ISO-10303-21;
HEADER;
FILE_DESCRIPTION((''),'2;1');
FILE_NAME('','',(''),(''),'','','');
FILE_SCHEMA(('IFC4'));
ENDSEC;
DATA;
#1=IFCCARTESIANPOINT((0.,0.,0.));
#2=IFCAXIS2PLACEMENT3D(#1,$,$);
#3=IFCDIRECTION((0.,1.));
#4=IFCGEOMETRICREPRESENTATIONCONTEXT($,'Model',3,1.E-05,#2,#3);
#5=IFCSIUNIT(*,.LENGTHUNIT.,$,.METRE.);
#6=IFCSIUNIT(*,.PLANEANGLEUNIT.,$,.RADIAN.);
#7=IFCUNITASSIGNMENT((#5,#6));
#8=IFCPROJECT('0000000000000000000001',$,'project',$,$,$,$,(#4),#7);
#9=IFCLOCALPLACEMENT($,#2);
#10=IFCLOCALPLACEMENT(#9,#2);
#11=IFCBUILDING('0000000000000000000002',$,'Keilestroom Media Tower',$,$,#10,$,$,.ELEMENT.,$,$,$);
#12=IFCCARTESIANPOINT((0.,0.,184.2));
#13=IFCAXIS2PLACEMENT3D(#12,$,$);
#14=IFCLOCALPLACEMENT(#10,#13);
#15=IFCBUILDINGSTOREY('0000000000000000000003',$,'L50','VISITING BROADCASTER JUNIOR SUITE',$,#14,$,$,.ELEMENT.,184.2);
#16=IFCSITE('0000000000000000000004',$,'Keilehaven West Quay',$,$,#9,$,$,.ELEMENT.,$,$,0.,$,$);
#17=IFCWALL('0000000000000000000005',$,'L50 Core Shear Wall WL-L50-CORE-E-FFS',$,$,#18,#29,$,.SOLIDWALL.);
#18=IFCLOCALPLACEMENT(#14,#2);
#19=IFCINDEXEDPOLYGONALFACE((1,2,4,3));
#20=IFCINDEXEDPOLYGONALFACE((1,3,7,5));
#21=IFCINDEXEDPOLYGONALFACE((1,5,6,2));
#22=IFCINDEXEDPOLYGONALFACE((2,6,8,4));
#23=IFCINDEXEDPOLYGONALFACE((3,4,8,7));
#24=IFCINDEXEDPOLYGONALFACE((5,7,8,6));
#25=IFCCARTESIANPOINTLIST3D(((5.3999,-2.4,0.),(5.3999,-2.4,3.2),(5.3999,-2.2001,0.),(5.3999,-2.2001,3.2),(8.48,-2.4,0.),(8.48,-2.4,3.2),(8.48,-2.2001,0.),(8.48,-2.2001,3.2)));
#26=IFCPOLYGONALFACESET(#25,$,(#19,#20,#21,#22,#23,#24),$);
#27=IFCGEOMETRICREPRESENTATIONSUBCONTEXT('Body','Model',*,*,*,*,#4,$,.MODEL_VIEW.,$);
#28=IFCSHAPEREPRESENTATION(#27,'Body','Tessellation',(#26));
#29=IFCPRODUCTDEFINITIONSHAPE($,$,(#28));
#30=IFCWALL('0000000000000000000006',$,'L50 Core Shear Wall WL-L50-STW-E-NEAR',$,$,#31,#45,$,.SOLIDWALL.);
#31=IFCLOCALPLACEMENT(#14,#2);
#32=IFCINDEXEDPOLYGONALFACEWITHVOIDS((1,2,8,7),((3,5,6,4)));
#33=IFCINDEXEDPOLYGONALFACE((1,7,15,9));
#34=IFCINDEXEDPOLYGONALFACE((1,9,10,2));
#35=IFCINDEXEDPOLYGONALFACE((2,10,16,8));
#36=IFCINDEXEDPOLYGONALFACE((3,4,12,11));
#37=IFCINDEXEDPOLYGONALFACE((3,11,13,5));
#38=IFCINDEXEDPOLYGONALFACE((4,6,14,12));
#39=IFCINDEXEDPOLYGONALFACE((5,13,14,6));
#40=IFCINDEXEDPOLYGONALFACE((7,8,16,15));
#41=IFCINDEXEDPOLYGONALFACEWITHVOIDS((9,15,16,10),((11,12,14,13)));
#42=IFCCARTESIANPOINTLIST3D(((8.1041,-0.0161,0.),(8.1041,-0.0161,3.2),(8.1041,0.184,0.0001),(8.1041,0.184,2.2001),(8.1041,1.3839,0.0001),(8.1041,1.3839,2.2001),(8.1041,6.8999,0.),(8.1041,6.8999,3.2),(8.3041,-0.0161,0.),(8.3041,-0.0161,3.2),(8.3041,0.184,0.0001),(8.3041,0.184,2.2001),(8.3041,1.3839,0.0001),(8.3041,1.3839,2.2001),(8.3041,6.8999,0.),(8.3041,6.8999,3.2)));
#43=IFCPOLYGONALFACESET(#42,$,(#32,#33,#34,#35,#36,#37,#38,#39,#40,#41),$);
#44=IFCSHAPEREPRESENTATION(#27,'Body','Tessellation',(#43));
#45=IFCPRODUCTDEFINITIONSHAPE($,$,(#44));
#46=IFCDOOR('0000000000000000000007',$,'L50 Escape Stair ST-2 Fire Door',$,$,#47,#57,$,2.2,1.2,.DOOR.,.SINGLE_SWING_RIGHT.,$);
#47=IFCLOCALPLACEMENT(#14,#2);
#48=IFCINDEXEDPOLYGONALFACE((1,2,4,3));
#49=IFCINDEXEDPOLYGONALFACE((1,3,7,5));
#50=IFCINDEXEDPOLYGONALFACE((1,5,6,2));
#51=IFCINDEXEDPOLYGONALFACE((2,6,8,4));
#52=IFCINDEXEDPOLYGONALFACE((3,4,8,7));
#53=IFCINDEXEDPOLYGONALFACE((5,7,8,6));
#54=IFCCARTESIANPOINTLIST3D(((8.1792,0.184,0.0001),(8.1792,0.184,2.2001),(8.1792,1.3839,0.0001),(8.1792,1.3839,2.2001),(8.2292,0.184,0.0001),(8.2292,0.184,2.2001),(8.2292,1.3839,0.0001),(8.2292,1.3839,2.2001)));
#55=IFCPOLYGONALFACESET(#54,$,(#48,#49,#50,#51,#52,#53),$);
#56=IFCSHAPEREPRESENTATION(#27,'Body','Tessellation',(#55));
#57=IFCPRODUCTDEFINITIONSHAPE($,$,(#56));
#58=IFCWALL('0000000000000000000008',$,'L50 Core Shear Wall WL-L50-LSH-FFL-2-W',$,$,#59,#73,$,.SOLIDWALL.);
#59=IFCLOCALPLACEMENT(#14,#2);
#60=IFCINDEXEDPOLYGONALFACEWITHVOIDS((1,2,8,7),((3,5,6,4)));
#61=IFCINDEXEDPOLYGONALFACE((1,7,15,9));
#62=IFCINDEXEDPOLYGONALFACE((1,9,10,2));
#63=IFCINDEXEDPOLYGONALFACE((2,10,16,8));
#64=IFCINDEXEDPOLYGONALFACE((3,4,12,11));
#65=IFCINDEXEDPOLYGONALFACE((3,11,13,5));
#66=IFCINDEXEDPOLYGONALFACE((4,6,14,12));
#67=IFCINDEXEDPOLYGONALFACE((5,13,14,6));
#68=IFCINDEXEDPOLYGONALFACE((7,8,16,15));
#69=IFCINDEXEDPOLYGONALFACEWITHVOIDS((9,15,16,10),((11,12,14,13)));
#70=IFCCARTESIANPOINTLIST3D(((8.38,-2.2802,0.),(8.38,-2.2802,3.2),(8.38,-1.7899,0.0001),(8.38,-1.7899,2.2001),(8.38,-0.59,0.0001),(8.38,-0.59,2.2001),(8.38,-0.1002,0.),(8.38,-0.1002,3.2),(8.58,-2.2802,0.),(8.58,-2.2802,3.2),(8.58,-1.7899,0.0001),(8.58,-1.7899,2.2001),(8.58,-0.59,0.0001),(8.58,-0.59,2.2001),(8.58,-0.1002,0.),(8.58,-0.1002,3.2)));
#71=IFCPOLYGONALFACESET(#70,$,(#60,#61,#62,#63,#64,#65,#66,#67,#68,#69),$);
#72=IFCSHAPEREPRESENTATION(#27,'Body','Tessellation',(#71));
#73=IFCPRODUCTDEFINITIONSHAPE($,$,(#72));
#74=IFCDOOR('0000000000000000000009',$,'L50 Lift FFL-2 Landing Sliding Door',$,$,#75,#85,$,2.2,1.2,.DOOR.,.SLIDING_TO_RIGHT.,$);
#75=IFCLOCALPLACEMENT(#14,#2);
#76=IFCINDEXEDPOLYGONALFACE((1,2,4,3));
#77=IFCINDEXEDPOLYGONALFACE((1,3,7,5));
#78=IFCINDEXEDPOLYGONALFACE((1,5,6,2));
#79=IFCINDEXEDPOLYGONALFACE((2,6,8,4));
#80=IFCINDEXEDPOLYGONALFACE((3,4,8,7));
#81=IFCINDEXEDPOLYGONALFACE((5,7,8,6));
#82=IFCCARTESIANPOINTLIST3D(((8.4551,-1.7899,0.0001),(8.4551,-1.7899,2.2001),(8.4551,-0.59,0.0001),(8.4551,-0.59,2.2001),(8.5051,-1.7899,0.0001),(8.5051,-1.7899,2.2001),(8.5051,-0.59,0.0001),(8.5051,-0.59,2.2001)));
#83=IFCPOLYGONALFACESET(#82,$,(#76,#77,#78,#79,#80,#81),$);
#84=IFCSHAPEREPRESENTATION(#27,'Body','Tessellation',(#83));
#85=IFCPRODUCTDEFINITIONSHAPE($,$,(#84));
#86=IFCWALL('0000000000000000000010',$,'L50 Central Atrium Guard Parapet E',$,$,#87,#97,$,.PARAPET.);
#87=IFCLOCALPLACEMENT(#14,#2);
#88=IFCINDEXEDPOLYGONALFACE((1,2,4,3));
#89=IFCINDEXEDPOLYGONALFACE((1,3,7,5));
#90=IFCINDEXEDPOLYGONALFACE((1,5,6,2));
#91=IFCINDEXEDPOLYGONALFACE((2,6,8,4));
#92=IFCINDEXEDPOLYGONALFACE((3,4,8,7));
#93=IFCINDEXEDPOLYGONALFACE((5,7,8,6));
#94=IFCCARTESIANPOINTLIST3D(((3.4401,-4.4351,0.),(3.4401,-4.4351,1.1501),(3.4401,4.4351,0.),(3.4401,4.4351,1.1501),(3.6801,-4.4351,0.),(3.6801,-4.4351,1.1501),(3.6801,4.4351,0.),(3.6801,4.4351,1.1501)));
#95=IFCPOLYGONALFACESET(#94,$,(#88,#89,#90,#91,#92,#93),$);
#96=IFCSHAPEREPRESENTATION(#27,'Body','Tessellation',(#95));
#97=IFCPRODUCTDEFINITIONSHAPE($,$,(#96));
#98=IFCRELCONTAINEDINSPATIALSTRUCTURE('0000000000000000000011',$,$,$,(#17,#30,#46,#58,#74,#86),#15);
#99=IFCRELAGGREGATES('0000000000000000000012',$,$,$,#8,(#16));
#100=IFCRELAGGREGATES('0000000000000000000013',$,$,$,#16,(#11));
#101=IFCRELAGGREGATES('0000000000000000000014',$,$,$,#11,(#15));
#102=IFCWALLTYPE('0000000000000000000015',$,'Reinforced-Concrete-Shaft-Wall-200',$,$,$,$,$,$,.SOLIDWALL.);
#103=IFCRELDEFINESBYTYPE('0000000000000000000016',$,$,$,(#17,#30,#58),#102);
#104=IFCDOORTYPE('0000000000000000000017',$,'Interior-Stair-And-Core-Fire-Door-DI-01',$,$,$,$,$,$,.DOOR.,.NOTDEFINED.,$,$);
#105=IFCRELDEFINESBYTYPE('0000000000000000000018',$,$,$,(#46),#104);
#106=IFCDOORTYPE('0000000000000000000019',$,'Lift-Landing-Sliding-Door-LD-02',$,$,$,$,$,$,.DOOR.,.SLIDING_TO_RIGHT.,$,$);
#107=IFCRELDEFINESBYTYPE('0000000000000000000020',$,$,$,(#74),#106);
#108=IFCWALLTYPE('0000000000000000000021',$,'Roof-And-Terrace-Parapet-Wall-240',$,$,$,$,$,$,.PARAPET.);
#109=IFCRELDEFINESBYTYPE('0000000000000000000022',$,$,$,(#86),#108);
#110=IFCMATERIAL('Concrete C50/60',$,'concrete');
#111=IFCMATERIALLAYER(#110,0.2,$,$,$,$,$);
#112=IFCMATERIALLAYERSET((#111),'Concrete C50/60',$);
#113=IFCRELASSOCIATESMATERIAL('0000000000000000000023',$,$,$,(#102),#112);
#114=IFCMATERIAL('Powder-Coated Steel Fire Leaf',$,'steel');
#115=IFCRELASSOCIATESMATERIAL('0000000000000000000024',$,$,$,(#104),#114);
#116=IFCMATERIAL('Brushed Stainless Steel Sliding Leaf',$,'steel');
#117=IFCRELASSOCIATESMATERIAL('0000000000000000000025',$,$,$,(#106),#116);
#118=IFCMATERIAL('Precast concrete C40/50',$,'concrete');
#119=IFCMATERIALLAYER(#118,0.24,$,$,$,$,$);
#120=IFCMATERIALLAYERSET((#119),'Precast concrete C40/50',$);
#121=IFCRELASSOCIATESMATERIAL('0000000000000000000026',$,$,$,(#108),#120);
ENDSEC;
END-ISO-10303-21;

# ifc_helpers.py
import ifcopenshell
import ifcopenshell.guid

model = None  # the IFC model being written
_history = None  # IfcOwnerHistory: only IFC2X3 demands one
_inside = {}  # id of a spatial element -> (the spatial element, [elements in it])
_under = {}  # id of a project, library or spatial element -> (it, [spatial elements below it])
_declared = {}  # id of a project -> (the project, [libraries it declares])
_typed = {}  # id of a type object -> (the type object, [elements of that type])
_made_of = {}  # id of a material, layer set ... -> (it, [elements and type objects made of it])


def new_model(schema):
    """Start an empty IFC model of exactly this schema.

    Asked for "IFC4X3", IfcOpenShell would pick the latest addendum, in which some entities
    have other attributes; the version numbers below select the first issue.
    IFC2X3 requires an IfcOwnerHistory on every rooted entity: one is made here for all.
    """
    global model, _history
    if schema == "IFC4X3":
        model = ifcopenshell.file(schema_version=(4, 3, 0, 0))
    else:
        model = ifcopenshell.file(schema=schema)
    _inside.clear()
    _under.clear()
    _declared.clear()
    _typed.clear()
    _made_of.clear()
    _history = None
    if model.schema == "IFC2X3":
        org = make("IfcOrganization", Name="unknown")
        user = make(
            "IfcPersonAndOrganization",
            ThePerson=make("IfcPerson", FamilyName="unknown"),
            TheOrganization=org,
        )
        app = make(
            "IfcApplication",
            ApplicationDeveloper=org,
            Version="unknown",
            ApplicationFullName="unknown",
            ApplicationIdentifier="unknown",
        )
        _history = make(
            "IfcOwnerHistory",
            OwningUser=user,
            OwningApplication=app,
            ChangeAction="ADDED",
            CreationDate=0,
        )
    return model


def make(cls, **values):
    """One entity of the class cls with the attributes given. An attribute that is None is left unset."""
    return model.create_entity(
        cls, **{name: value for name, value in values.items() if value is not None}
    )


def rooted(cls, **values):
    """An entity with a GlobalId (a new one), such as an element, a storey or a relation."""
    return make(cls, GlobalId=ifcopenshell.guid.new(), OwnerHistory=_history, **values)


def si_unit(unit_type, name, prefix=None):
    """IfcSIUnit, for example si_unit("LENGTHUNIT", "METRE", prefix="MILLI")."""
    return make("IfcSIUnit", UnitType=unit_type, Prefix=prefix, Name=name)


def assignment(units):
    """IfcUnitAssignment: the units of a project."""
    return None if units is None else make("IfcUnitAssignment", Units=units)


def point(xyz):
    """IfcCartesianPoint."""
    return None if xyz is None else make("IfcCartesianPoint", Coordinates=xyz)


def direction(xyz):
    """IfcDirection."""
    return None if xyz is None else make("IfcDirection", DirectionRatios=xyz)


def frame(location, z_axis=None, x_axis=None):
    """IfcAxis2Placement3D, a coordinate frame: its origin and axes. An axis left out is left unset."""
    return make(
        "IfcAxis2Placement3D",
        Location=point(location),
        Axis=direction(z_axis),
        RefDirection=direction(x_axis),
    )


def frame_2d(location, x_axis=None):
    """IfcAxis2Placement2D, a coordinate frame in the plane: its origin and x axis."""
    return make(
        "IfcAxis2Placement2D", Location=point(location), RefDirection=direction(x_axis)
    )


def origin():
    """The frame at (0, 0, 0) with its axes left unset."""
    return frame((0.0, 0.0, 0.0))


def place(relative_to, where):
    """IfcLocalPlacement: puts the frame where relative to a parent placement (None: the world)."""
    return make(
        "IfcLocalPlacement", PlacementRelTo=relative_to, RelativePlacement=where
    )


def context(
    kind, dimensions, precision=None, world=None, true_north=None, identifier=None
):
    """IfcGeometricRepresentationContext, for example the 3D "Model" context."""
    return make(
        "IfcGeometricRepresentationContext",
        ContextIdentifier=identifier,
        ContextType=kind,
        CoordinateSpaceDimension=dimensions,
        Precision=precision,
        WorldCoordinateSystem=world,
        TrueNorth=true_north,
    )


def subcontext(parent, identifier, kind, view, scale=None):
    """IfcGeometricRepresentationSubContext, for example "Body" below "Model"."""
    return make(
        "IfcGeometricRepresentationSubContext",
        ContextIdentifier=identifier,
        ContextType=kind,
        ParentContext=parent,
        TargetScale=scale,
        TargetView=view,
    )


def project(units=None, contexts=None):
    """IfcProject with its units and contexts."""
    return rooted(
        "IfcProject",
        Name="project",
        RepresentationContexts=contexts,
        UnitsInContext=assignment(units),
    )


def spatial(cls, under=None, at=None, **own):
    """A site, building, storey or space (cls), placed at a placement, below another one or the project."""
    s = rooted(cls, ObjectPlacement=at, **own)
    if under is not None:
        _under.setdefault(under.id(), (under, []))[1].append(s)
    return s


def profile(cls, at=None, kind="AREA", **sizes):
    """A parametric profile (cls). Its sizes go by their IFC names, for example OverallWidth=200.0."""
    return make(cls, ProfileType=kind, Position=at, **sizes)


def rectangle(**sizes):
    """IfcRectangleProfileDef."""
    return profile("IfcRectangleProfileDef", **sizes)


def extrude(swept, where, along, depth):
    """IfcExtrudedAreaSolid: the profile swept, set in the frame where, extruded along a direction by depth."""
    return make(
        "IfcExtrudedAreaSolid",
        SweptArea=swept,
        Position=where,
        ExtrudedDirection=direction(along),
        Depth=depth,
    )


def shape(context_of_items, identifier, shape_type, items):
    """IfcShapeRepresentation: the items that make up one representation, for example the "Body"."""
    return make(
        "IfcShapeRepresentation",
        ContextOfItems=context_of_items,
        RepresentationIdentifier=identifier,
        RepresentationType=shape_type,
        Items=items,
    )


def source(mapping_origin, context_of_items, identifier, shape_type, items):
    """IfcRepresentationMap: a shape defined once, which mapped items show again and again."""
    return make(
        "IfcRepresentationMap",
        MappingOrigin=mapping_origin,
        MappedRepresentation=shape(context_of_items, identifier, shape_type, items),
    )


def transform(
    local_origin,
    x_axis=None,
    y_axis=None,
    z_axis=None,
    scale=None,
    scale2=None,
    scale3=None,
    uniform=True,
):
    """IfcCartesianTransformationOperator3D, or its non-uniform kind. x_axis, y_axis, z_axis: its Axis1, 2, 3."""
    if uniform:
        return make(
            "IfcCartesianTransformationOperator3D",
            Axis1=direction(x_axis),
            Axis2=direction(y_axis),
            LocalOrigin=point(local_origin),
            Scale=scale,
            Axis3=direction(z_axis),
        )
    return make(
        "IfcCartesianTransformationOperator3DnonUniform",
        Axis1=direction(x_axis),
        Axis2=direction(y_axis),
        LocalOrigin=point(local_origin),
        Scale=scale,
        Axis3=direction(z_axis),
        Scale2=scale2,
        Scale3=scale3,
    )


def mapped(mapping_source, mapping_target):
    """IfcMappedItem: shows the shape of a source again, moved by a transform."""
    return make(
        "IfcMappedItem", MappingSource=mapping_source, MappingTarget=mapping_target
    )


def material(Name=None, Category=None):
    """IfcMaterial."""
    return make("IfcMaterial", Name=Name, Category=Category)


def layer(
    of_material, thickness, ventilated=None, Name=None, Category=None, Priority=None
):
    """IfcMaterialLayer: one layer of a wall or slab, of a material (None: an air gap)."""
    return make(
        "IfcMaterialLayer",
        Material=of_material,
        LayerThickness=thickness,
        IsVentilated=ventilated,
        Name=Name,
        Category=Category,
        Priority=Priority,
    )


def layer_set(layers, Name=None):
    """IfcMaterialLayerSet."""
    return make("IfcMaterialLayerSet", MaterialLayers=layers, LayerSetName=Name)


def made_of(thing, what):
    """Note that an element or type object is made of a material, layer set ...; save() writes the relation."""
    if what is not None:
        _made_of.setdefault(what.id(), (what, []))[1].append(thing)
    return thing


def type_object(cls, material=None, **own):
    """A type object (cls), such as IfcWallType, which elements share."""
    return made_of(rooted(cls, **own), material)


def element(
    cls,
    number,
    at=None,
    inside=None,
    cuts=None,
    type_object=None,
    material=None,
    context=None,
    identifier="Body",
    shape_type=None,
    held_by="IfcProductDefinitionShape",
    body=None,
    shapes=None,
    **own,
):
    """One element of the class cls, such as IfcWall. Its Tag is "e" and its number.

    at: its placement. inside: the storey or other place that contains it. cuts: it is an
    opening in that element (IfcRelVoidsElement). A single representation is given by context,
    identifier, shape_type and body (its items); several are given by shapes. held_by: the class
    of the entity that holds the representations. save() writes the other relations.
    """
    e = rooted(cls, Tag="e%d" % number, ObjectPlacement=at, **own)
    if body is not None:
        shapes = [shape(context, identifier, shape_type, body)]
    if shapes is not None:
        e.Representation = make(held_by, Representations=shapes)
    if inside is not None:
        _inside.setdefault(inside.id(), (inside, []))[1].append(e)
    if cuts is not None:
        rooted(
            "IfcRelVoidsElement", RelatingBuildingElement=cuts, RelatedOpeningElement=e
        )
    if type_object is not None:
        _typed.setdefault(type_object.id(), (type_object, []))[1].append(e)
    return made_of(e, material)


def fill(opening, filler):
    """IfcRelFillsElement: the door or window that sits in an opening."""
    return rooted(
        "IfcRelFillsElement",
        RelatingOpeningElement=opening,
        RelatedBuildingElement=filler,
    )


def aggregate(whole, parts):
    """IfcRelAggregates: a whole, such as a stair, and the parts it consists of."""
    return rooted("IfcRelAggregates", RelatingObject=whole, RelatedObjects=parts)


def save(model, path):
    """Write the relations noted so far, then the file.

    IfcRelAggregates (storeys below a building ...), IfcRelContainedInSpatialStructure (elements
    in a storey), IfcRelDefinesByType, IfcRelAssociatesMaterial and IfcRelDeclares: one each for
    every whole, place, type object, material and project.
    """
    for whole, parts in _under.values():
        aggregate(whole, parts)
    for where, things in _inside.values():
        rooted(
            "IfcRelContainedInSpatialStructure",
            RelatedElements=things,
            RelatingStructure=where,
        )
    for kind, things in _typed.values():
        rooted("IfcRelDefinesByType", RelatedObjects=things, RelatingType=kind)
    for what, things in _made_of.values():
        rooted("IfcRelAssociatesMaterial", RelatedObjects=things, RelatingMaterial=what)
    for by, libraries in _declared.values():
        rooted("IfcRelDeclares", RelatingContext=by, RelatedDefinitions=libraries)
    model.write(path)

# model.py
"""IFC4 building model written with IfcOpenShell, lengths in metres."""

from ifc_helpers import new_model, si_unit, direction, frame, frame_2d, origin, place, context, subcontext, project, spatial, rectangle, extrude, source, transform, mapped, material, layer, layer_set, type_object, element, fill, save


model = new_model("IFC4")

# Units and contexts
model_context = context("Model", 3, precision=1e-05, world=origin(), true_north=direction((0.0, 1.0)))
body_context = subcontext(model_context, "Body", "Model", "MODEL_VIEW")
ifc_project = project(units=[si_unit("LENGTHUNIT", "METRE"), si_unit("PLANEANGLEUNIT", "RADIAN")], contexts=[model_context])

# Site, building, storey
site_placement = place(None, origin())
site = spatial("IfcSite", under=ifc_project, at=site_placement, Name="Keilehaven West Quay", CompositionType="ELEMENT", RefElevation=0.0)
building_placement = place(site_placement, origin())
building = spatial("IfcBuilding", under=site, at=building_placement, Name="Keilestroom Media Tower", CompositionType="ELEMENT")
storey_placement = place(building_placement, frame((0.0, 0.0, 184.2)))
storey = spatial("IfcBuildingStorey", under=building, at=storey_placement, Name="L50", Description="VISITING BROADCASTER JUNIOR SUITE", CompositionType="ELEMENT", Elevation=184.2)

# Shared definitions
ifc_material_1 = material(Name="Powder-Coated Steel Fire Leaf", Category="steel")
shared_shape_1 = source(origin(), body_context, "Body", "SweptSolid", [
    extrude(rectangle(XDim=1.2, YDim=2.2, at=frame_2d((0.6001, 1.1001))), frame((0.0, 0.0249, 0.0), z_axis=(0.0, -1.0, 0.0), x_axis=(1.0, 0.0, 0.0)), (0.0, 0.0, 1.0), 0.05),
])

# Wall
ifc_material_2 = material(Name="Concrete C50/60", Category="concrete")
ifc_layer_1 = layer(ifc_material_2, 0.2)
ifc_layer_set_1 = layer_set([ifc_layer_1], Name="Concrete C50/60")
wall_type_1 = type_object("IfcWallType", Name="Reinforced-Concrete-Shaft-Wall-200", PredefinedType="SOLIDWALL", material=ifc_layer_set_1)
wall_1_placement = place(storey_placement, frame((5.3999, -2.3, 0.0), z_axis=(0.0, 0.0, 1.0), x_axis=(1.0, 0.0, 0.0)))
element("IfcWall", 1, at=wall_1_placement, inside=storey, type_object=wall_type_1, Name="L50 Core Shear Wall WL-L50-CORE-E-FFS", PredefinedType="SOLIDWALL", context=body_context, shape_type="SweptSolid", body=[
    extrude(rectangle(XDim=3.0801, YDim=0.2, at=frame_2d((1.54, 0.0))), origin(), (0.0, 0.0, 1.0), 3.2),
])

# Walls, openings, doors
wall_2_placement = place(storey_placement, frame((8.2041, -0.0161, 0.0), z_axis=(0.0, 0.0, 1.0), x_axis=(0.0, 1.0, 0.0)))
wall_2 = element("IfcWall", 2, at=wall_2_placement, inside=storey, type_object=wall_type_1, Name="L50 Core Shear Wall WL-L50-STW-E-NEAR", PredefinedType="SOLIDWALL", context=body_context, shape_type="SweptSolid", body=[
    extrude(rectangle(XDim=6.916, YDim=0.2, at=frame_2d((3.458, 0.0))), origin(), (0.0, 0.0, 1.0), 3.2),
])
opening_1_placement = place(wall_2_placement, frame((0.2, 0.0, 0.0)))
opening_1 = element("IfcOpeningElement", 3, at=opening_1_placement, cuts=wall_2, PredefinedType="OPENING", context=body_context, shape_type="SweptSolid", body=[
    extrude(rectangle(XDim=1.2, YDim=2.2, at=frame_2d((0.6001, 1.1001))), frame((0.0, 0.1099, 0.0), z_axis=(0.0, -1.0, 0.0), x_axis=(1.0, 0.0, 0.0)), (0.0, 0.0, 1.0), 0.22),
])
door_type_1 = type_object("IfcDoorType", Name="Interior-Stair-And-Core-Fire-Door-DI-01", OperationType="NOTDEFINED", PredefinedType="DOOR", material=ifc_material_1)
door_1_placement = place(opening_1_placement, origin())
door_1 = element("IfcDoor", 4, at=door_1_placement, inside=storey, type_object=door_type_1, Name="L50 Escape Stair ST-2 Fire Door", OperationType="SINGLE_SWING_RIGHT", OverallHeight=2.2, OverallWidth=1.2, PredefinedType="DOOR", context=body_context, shape_type="MappedRepresentation", body=[
    mapped(shared_shape_1, transform((0.0, 0.0, 0.0), x_axis=(1.0, 0.0, 0.0), y_axis=(0.0, 1.0, 0.0), z_axis=(0.0, 0.0, 1.0), scale=1.0)),
])
fill(opening_1, door_1)
wall_3_placement = place(storey_placement, frame((8.48, -2.28, 0.0), z_axis=(0.0, 0.0, 1.0), x_axis=(0.0, 1.0, 0.0)))
wall_3 = element("IfcWall", 5, at=wall_3_placement, inside=storey, type_object=wall_type_1, Name="L50 Core Shear Wall WL-L50-LSH-FFL-2-W", PredefinedType="SOLIDWALL", context=body_context, shape_type="SweptSolid", body=[
    extrude(rectangle(XDim=2.1799, YDim=0.2, at=frame_2d((1.0898, 0.0))), origin(), (0.0, 0.0, 1.0), 3.2),
])
opening_2_placement = place(wall_3_placement, frame((0.49, 0.0, 0.0)))
opening_2 = element("IfcOpeningElement", 6, at=opening_2_placement, cuts=wall_3, PredefinedType="OPENING", context=body_context, shape_type="SweptSolid", body=[
    extrude(rectangle(XDim=1.2, YDim=2.2, at=frame_2d((0.6001, 1.1001))), frame((0.0, 0.1099, 0.0), z_axis=(0.0, -1.0, 0.0), x_axis=(1.0, 0.0, 0.0)), (0.0, 0.0, 1.0), 0.22),
])
ifc_material_3 = material(Name="Brushed Stainless Steel Sliding Leaf", Category="steel")
door_type_2 = type_object("IfcDoorType", Name="Lift-Landing-Sliding-Door-LD-02", OperationType="SLIDING_TO_RIGHT", PredefinedType="DOOR", material=ifc_material_3)
door_2_placement = place(opening_2_placement, origin())
door_2 = element("IfcDoor", 7, at=door_2_placement, inside=storey, type_object=door_type_2, Name="L50 Lift FFL-2 Landing Sliding Door", OperationType="SLIDING_TO_RIGHT", OverallHeight=2.2, OverallWidth=1.2, PredefinedType="DOOR", context=body_context, shape_type="MappedRepresentation", body=[
    mapped(shared_shape_1, transform((0.0, 0.0, 0.0), x_axis=(1.0, 0.0, 0.0), y_axis=(0.0, 1.0, 0.0), z_axis=(0.0, 0.0, 1.0), scale=1.0)),
])
fill(opening_2, door_2)

# Wall
ifc_material_4 = material(Name="Precast concrete C40/50", Category="concrete")
ifc_layer_2 = layer(ifc_material_4, 0.24)
ifc_layer_set_2 = layer_set([ifc_layer_2], Name="Precast concrete C40/50")
wall_type_2 = type_object("IfcWallType", Name="Roof-And-Terrace-Parapet-Wall-240", PredefinedType="PARAPET", material=ifc_layer_set_2)
wall_4_placement = place(storey_placement, frame((3.5601, -4.4351, 0.0), z_axis=(0.0, 0.0, 1.0), x_axis=(0.0, 1.0, 0.0)))
element("IfcWall", 8, at=wall_4_placement, inside=storey, type_object=wall_type_2, Name="L50 Central Atrium Guard Parapet E", PredefinedType="PARAPET", context=body_context, shape_type="SweptSolid", body=[
    extrude(rectangle(XDim=8.8701, YDim=0.24, at=frame_2d((4.4351, 0.0))), origin(), (0.0, 0.0, 1.0), 1.1501),
])

save(model, "model.ifc")
